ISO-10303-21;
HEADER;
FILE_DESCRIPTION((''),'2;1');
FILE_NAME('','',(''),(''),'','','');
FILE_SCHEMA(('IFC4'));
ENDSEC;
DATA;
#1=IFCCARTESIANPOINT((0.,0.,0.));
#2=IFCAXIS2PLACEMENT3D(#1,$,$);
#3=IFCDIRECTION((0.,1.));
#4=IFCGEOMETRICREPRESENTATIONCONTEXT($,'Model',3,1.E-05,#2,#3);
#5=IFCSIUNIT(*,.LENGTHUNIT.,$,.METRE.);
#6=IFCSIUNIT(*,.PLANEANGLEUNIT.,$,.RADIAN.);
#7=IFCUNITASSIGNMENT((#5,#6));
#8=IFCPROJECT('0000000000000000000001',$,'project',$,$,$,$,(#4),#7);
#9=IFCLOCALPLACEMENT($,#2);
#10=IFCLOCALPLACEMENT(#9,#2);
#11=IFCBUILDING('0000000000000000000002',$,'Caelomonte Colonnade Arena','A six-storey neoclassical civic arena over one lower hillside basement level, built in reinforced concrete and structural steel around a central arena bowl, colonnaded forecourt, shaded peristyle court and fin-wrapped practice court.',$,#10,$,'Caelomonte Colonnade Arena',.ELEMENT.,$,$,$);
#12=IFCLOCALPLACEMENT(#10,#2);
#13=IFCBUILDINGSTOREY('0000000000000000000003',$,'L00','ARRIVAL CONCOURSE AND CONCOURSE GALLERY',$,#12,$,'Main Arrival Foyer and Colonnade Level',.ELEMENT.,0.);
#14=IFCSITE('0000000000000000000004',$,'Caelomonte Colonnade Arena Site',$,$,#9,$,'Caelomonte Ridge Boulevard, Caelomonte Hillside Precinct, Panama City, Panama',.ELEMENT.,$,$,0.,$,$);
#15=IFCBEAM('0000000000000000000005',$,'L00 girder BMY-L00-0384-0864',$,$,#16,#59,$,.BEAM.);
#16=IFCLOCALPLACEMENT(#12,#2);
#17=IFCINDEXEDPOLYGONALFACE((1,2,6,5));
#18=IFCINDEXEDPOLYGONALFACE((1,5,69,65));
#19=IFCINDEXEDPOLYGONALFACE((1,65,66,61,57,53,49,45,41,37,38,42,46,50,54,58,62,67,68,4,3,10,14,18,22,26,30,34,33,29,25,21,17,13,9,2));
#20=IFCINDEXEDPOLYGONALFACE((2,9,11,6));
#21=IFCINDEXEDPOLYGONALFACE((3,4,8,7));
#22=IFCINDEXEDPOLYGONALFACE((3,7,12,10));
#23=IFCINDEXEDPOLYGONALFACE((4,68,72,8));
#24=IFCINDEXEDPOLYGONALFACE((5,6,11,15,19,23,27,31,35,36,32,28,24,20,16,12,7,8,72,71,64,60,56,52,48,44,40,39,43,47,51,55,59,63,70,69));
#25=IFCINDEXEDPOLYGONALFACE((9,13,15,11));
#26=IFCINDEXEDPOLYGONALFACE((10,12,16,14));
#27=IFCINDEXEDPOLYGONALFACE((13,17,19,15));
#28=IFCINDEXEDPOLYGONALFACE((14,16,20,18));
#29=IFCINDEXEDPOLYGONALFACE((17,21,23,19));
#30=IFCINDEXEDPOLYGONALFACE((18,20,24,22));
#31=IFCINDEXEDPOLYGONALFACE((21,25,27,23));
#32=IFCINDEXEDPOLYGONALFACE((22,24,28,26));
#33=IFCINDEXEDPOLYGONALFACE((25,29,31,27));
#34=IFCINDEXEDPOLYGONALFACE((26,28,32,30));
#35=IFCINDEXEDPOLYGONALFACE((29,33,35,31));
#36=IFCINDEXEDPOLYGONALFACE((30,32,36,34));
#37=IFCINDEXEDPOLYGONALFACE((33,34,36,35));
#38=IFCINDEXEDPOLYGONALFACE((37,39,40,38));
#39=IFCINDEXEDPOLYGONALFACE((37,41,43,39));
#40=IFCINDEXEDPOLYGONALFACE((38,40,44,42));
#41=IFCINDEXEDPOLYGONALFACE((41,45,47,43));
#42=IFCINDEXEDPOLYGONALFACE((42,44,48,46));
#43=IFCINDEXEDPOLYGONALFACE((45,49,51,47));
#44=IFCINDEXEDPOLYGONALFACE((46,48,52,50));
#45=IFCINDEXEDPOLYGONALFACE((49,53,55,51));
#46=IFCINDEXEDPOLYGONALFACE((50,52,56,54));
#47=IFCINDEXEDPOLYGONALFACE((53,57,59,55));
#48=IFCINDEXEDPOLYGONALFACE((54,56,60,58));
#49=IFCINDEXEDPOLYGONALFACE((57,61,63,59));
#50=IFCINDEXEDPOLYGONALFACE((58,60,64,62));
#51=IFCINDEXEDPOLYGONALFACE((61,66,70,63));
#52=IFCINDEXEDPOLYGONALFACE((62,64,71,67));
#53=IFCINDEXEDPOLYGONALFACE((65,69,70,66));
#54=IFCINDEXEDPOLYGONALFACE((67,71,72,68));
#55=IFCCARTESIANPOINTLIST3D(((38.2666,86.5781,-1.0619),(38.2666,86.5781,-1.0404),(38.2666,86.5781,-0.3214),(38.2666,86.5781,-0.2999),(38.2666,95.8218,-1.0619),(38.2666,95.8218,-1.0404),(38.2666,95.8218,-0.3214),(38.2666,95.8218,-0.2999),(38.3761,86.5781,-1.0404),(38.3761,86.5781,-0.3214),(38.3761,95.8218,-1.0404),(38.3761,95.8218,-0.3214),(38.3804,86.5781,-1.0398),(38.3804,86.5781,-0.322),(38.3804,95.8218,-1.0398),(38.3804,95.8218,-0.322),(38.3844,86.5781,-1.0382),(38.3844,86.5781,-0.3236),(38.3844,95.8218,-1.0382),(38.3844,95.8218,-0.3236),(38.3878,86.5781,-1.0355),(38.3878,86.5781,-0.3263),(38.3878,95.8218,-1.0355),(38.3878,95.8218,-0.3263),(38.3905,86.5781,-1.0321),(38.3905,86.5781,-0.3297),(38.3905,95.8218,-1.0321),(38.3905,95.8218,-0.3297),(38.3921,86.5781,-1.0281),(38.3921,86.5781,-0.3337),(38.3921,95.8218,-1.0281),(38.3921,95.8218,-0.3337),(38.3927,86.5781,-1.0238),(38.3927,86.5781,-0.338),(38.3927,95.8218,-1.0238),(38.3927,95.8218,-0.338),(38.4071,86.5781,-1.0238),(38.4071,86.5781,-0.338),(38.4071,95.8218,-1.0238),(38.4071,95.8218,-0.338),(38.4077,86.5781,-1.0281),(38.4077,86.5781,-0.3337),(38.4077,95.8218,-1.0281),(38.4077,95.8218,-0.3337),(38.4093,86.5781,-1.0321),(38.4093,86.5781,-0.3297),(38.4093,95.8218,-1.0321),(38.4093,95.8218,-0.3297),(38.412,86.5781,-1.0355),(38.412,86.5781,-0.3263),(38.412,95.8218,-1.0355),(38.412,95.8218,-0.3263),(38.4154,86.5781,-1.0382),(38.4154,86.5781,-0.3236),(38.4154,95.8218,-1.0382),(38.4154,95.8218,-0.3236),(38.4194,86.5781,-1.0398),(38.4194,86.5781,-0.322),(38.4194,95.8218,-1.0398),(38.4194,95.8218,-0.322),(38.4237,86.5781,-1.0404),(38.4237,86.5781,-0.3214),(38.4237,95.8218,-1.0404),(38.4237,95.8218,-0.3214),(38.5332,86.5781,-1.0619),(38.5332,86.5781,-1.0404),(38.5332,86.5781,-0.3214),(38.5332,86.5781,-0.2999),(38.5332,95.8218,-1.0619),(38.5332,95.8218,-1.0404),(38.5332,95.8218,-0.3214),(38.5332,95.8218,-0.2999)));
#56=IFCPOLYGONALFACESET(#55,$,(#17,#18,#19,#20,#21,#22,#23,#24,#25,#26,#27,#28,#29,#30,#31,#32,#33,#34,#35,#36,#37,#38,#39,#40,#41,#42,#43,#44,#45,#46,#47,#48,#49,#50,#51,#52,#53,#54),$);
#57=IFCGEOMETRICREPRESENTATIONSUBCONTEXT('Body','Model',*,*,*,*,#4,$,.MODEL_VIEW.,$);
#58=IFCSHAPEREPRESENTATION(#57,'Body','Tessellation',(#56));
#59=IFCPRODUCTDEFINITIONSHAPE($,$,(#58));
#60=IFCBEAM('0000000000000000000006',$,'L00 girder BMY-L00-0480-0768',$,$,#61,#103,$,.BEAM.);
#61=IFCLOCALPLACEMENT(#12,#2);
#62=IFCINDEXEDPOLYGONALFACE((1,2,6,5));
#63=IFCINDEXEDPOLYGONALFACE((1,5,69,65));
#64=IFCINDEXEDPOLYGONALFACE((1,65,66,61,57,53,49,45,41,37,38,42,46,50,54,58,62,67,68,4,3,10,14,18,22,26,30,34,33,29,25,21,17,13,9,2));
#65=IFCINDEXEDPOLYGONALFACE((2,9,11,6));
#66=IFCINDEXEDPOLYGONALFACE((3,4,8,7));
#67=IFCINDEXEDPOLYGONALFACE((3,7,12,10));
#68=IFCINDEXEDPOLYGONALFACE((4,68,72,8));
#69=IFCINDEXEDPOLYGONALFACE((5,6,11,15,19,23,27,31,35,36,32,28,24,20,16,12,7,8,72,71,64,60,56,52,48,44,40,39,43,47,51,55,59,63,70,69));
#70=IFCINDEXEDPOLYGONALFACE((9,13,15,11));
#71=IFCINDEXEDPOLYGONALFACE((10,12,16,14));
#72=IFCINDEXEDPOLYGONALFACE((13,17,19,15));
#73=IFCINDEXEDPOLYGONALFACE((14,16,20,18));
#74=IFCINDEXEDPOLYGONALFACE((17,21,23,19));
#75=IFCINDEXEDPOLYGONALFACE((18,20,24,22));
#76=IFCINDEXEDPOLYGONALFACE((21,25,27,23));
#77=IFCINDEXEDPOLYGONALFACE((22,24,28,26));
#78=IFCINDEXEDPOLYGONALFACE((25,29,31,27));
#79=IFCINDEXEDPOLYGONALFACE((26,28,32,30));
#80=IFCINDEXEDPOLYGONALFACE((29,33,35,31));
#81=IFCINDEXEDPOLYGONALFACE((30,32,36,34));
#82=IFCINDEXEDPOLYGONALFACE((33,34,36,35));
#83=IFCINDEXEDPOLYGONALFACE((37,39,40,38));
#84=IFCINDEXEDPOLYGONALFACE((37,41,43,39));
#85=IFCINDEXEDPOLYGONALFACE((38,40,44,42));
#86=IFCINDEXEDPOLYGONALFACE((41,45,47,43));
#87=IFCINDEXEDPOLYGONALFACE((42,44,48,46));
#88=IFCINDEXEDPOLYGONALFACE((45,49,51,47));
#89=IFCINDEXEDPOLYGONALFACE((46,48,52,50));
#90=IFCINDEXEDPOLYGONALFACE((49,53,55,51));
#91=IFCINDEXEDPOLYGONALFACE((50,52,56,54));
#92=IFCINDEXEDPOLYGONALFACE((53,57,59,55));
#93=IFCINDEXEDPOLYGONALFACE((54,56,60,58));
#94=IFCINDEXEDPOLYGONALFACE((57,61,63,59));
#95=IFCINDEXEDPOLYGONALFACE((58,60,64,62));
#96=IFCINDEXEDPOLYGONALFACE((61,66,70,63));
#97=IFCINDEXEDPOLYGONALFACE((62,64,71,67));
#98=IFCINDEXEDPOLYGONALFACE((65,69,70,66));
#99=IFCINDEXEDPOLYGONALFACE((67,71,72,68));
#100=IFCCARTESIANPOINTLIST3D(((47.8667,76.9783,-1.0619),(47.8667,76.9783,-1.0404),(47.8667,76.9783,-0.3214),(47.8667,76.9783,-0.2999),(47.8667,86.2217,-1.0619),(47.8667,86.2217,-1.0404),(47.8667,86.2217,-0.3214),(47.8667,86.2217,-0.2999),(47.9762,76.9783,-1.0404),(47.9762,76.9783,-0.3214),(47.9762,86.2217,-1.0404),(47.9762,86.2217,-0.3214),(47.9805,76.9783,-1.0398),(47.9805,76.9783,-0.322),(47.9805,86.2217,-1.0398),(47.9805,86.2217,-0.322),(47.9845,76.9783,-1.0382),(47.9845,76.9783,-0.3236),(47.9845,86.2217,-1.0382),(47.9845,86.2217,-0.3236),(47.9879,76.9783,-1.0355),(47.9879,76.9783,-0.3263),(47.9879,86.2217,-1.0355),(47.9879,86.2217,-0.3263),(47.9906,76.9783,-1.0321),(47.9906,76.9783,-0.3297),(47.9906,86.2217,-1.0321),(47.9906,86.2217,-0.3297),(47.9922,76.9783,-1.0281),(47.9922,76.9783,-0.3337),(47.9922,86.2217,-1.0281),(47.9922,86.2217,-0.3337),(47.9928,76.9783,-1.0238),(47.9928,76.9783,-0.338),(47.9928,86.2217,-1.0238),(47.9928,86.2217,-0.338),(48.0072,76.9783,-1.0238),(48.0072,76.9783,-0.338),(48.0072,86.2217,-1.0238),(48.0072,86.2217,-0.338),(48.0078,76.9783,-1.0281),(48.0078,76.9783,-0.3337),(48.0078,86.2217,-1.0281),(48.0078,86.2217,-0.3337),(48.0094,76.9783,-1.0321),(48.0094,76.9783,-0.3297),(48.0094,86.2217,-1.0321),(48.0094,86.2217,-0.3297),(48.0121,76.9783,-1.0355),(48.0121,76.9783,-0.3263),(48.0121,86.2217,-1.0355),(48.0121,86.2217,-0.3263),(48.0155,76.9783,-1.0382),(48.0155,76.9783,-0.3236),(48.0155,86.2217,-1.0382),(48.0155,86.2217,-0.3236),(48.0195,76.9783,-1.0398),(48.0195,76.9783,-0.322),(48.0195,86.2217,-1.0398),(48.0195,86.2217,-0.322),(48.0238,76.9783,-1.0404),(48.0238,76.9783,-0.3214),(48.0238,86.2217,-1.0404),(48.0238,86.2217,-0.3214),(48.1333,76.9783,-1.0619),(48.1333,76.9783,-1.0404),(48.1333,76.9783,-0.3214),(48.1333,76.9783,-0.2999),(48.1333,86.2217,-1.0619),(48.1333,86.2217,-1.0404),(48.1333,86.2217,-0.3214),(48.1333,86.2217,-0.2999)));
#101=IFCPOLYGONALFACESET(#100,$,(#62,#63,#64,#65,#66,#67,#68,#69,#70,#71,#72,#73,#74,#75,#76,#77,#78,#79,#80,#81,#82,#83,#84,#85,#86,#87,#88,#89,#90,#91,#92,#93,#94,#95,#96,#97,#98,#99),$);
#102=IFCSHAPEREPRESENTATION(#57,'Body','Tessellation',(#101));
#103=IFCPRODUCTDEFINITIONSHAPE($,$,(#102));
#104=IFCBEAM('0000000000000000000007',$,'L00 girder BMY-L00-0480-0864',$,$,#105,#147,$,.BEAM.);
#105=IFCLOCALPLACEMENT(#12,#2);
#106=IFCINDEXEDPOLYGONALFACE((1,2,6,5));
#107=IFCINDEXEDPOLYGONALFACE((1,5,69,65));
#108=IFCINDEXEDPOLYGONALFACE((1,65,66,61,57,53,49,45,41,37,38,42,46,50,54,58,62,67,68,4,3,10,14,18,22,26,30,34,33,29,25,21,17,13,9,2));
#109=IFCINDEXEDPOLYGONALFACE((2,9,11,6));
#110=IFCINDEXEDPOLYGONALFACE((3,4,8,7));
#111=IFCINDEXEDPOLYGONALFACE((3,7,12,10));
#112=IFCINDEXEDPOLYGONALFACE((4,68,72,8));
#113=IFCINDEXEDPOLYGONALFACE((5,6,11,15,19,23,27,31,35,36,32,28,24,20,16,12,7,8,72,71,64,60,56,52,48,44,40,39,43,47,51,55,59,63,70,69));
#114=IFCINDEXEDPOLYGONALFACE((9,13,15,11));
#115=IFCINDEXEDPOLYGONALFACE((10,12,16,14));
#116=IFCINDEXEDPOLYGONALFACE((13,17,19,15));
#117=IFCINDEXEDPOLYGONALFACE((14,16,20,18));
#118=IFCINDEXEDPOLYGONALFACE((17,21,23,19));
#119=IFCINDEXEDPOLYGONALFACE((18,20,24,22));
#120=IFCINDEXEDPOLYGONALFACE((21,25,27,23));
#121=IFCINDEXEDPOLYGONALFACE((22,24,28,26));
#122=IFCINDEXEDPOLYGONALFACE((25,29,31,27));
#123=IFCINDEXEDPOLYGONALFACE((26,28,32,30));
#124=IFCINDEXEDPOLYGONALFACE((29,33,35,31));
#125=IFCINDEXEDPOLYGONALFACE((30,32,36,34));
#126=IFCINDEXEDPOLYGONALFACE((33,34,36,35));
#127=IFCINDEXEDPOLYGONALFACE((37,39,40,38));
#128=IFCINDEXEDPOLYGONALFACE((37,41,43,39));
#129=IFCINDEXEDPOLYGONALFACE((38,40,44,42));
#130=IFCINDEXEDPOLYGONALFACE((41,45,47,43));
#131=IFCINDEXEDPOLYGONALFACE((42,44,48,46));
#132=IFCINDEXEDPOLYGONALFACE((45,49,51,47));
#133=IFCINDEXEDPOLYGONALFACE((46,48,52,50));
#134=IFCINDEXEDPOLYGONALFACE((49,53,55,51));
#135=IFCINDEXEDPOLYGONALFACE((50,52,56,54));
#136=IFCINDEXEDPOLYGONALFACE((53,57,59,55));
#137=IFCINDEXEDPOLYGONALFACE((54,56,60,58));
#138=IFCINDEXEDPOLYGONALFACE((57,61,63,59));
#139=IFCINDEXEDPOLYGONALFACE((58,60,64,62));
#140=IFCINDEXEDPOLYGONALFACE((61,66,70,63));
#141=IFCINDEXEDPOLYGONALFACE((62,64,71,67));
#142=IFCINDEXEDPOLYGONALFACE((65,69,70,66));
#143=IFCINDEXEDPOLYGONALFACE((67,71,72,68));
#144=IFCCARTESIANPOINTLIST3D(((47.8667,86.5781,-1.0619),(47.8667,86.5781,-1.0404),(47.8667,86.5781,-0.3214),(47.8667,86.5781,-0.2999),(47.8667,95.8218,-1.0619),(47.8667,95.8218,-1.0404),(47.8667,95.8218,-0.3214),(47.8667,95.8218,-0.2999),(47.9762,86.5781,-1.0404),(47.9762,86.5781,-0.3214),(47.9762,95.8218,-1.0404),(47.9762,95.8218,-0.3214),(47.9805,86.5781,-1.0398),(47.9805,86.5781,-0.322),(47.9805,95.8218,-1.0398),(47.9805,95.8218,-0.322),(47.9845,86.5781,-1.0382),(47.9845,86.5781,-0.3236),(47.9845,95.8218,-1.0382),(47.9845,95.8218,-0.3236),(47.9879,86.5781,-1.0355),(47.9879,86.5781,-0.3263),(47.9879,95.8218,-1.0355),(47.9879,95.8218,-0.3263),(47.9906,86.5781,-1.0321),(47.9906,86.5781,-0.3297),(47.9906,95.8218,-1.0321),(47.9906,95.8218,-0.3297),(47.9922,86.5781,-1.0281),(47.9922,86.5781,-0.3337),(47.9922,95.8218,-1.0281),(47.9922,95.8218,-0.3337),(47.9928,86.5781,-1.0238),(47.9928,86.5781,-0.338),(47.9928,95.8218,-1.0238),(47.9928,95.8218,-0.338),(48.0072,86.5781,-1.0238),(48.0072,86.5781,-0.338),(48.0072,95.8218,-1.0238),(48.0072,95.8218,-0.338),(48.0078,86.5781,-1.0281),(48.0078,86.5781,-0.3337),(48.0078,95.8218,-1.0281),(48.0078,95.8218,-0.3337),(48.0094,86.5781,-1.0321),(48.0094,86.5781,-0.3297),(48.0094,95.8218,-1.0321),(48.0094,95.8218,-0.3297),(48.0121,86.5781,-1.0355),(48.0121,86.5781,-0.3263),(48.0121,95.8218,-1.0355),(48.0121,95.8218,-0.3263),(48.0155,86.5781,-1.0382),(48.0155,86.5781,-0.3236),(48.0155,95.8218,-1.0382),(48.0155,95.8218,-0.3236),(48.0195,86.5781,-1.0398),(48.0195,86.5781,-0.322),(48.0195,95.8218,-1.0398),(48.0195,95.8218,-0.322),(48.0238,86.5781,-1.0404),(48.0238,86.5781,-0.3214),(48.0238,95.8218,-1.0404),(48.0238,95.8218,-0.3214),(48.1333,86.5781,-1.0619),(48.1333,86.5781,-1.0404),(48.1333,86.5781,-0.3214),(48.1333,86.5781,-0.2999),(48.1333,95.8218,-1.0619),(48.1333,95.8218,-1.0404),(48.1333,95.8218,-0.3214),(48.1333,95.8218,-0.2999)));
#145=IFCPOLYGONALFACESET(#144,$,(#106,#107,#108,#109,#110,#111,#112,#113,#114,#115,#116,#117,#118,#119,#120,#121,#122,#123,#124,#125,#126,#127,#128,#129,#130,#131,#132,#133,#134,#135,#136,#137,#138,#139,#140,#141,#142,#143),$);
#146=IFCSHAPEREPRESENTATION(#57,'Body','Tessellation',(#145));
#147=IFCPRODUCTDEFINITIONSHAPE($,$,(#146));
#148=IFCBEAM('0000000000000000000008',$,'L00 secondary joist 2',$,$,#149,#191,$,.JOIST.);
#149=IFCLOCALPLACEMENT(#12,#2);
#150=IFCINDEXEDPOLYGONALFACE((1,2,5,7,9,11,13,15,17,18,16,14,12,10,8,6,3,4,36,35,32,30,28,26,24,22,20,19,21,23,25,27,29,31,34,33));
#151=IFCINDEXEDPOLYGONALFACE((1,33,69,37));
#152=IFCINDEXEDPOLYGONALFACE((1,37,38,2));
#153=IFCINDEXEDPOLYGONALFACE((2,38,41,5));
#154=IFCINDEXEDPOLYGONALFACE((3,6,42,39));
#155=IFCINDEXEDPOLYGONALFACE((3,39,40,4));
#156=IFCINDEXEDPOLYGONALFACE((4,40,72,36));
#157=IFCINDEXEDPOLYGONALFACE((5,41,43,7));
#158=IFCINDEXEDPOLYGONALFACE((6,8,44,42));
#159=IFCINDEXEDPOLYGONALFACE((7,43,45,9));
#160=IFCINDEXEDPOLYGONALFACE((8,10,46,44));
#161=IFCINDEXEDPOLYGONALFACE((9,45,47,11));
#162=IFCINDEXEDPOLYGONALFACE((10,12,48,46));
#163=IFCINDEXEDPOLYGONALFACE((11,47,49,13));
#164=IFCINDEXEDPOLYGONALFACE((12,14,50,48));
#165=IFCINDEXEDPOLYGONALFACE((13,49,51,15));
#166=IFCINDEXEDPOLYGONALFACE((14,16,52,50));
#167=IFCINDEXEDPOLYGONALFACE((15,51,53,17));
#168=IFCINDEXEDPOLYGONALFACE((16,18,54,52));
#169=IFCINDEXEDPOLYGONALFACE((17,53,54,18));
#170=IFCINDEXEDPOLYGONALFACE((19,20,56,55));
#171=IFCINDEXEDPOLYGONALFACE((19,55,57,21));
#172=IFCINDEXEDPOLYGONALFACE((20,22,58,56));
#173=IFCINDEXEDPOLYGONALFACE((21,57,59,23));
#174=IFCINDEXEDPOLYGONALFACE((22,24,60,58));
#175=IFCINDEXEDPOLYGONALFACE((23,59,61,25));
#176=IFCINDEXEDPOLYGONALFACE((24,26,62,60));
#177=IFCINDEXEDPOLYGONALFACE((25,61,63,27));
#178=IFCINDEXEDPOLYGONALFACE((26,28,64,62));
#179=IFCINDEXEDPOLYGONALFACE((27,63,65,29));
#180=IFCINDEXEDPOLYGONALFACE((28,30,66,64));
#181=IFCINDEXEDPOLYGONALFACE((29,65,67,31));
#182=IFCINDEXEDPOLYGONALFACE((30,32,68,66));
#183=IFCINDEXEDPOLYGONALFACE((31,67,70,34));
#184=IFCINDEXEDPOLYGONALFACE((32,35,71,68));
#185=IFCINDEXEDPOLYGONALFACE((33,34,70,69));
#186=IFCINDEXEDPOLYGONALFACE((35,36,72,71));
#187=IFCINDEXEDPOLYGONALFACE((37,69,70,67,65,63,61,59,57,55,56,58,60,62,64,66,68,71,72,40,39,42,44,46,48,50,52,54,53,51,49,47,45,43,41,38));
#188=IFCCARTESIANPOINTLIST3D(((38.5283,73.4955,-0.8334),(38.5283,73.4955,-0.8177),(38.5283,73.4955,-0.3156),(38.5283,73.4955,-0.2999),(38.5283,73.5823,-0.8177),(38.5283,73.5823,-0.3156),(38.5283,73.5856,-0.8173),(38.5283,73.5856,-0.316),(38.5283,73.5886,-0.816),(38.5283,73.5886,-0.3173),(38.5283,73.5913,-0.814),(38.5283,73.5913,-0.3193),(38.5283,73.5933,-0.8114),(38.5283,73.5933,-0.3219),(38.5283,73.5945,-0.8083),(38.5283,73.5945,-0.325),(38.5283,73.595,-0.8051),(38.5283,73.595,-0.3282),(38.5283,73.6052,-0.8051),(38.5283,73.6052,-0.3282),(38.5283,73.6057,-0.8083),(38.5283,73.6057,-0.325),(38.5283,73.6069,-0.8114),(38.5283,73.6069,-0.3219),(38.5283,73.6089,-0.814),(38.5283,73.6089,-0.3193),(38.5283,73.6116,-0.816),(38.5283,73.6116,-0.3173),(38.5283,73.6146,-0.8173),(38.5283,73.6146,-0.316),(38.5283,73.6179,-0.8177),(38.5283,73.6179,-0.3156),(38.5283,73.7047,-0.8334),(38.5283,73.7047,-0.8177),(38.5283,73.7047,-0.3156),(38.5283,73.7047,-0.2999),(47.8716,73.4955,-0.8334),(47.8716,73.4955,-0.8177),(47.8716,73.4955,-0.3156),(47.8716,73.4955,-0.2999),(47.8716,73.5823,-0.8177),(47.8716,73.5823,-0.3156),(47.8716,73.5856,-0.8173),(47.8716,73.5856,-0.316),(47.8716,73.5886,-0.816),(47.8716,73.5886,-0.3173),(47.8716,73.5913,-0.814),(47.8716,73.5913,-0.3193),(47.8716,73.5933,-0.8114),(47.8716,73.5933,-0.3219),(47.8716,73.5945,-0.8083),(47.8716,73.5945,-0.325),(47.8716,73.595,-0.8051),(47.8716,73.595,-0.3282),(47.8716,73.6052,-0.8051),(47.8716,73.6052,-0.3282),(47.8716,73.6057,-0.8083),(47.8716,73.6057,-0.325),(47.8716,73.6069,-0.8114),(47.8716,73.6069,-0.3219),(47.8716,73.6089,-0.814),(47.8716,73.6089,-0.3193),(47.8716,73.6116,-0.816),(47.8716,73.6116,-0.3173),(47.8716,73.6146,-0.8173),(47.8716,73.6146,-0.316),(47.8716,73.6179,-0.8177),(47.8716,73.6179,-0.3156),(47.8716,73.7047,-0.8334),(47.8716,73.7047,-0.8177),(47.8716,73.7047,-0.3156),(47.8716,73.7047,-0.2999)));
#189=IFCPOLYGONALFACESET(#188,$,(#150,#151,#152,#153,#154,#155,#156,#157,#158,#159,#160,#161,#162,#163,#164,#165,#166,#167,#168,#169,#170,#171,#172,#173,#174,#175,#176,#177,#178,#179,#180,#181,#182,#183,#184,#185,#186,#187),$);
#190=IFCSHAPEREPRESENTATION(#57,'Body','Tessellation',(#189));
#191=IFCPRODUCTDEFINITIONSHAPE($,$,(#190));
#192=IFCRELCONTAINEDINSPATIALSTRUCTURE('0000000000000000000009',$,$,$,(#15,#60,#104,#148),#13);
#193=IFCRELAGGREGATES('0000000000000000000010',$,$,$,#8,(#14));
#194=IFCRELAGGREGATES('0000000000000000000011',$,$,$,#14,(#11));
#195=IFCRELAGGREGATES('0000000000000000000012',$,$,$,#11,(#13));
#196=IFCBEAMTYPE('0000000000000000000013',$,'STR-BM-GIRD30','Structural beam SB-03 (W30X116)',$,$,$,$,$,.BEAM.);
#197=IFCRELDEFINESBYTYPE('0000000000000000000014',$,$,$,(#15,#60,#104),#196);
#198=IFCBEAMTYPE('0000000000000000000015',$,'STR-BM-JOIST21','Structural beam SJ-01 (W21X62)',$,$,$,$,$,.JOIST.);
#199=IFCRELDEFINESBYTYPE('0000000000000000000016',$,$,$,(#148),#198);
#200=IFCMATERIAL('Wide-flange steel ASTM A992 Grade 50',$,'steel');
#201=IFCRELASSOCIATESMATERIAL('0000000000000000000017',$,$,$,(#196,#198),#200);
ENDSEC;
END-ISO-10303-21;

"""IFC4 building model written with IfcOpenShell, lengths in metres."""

from ifc_helpers import new_model, si_unit, direction, frame, origin, origin_2d, place, context, subcontext, project, spatial, i_section, extrude, material, material_profile, profile_set, type_object, element, save


model = new_model("IFC4")

# Units and contexts
model_context = context("Model", 3, precision=1e-05, world=origin(), true_north=direction((0.0, 1.0)))
body_context = subcontext(model_context, "Body", "Model", "MODEL_VIEW")
ifc_project = project(units=[si_unit("LENGTHUNIT", "METRE"), si_unit("PLANEANGLEUNIT", "RADIAN")], contexts=[model_context])

# Site, building, storey
site_placement = place(None, origin())
site = spatial("IfcSite", under=ifc_project, at=site_placement, Name="Caelomonte Colonnade Arena Site", LongName="Caelomonte Ridge Boulevard, Caelomonte Hillside Precinct, Panama City, Panama", CompositionType="ELEMENT", RefElevation=0.0)
building_placement = place(site_placement, origin())
building = spatial("IfcBuilding", under=site, at=building_placement, Name="Caelomonte Colonnade Arena", Description="A six-storey neoclassical civic arena over one lower hillside basement level, built in reinforced concrete and structural steel around a central arena bowl, colonnaded forecourt, shaded peristyle court and fin-wrapped practice court.", LongName="Caelomonte Colonnade Arena", CompositionType="ELEMENT")
storey_placement = place(building_placement, origin())
storey = spatial("IfcBuildingStorey", under=building, at=storey_placement, Name="L00", Description="ARRIVAL CONCOURSE AND CONCOURSE GALLERY", LongName="Main Arrival Foyer and Colonnade Level", CompositionType="ELEMENT", Elevation=0.0)

# Shared definitions
ifc_material_1 = material(Name="Wide-flange steel ASTM A992 Grade 50", Category="steel")

# Beams
ifc_material_profile_1 = material_profile(ifc_material_1, i_section(OverallWidth=0.2666, OverallDepth=0.762, WebThickness=0.0144, FlangeThickness=0.0215, FilletRadius=0.0166, at=origin_2d()), Name="W30X116")
ifc_profile_set_1 = profile_set([ifc_material_profile_1], Name="Wide-flange steel ASTM A992 Grade 50")
beam_type_1 = type_object("IfcBeamType", Name="STR-BM-GIRD30", Description="Structural beam SB-03 (W30X116)", PredefinedType="BEAM", material=ifc_profile_set_1)
beam_1_placement = place(storey_placement, frame((38.3999, 86.5781, -0.6809), z_axis=(0.0, 1.0, 0.0), x_axis=(-1.0, 0.0, 0.0)))
element("IfcBeam", 1, at=beam_1_placement, inside=storey, type_object=beam_type_1, Name="L00 girder BMY-L00-0384-0864", PredefinedType="BEAM", context=body_context, shape_type="SweptSolid", body=[
    extrude(i_section(OverallWidth=0.2666, OverallDepth=0.762, WebThickness=0.0144, FlangeThickness=0.0215, FilletRadius=0.0166, at=origin_2d()), origin(), (0.0, 0.0, 1.0), 9.2437),
])
beam_2_placement = place(storey_placement, frame((48.0, 76.9783, -0.6809), z_axis=(0.0, 1.0, 0.0), x_axis=(-1.0, 0.0, 0.0)))
element("IfcBeam", 2, at=beam_2_placement, inside=storey, type_object=beam_type_1, Name="L00 girder BMY-L00-0480-0768", PredefinedType="BEAM", context=body_context, shape_type="SweptSolid", body=[
    extrude(i_section(OverallWidth=0.2666, OverallDepth=0.762, WebThickness=0.0144, FlangeThickness=0.0215, FilletRadius=0.0166, at=origin_2d()), origin(), (0.0, 0.0, 1.0), 9.2434),
])
beam_3_placement = place(storey_placement, frame((48.0, 86.5781, -0.6809), z_axis=(0.0, 1.0, 0.0), x_axis=(-1.0, 0.0, 0.0)))
element("IfcBeam", 3, at=beam_3_placement, inside=storey, type_object=beam_type_1, Name="L00 girder BMY-L00-0480-0864", PredefinedType="BEAM", context=body_context, shape_type="SweptSolid", body=[
    extrude(i_section(OverallWidth=0.2666, OverallDepth=0.762, WebThickness=0.0144, FlangeThickness=0.0215, FilletRadius=0.0166, at=origin_2d()), origin(), (0.0, 0.0, 1.0), 9.2437),
])
ifc_material_profile_2 = material_profile(ifc_material_1, i_section(OverallWidth=0.2092, OverallDepth=0.5334, WebThickness=0.0103, FlangeThickness=0.0156, FilletRadius=0.0127, at=origin_2d()), Name="W21X62")
ifc_profile_set_2 = profile_set([ifc_material_profile_2], Name="Wide-flange steel ASTM A992 Grade 50")
beam_type_2 = type_object("IfcBeamType", Name="STR-BM-JOIST21", Description="Structural beam SJ-01 (W21X62)", PredefinedType="JOIST", material=ifc_profile_set_2)
for number, where, z_axis, x_axis, name in (
    (4, (38.5283, 73.6001, -0.5667), (1.0, 0.0, 0.0), (0.0, 1.0, 0.0), "L00 secondary joist 2"),
):
    element("IfcBeam", number, at=place(storey_placement, frame(where, z_axis=z_axis, x_axis=x_axis)), inside=storey, type_object=beam_type_2, Name=name, PredefinedType="JOIST", context=body_context, shape_type="SweptSolid", body=[
        extrude(i_section(OverallWidth=0.2092, OverallDepth=0.5334, WebThickness=0.0103, FlangeThickness=0.0156, FilletRadius=0.0127, at=origin_2d()), origin(), (0.0, 0.0, 1.0), 9.3433),
    ])

save(model, "model.ifc")
